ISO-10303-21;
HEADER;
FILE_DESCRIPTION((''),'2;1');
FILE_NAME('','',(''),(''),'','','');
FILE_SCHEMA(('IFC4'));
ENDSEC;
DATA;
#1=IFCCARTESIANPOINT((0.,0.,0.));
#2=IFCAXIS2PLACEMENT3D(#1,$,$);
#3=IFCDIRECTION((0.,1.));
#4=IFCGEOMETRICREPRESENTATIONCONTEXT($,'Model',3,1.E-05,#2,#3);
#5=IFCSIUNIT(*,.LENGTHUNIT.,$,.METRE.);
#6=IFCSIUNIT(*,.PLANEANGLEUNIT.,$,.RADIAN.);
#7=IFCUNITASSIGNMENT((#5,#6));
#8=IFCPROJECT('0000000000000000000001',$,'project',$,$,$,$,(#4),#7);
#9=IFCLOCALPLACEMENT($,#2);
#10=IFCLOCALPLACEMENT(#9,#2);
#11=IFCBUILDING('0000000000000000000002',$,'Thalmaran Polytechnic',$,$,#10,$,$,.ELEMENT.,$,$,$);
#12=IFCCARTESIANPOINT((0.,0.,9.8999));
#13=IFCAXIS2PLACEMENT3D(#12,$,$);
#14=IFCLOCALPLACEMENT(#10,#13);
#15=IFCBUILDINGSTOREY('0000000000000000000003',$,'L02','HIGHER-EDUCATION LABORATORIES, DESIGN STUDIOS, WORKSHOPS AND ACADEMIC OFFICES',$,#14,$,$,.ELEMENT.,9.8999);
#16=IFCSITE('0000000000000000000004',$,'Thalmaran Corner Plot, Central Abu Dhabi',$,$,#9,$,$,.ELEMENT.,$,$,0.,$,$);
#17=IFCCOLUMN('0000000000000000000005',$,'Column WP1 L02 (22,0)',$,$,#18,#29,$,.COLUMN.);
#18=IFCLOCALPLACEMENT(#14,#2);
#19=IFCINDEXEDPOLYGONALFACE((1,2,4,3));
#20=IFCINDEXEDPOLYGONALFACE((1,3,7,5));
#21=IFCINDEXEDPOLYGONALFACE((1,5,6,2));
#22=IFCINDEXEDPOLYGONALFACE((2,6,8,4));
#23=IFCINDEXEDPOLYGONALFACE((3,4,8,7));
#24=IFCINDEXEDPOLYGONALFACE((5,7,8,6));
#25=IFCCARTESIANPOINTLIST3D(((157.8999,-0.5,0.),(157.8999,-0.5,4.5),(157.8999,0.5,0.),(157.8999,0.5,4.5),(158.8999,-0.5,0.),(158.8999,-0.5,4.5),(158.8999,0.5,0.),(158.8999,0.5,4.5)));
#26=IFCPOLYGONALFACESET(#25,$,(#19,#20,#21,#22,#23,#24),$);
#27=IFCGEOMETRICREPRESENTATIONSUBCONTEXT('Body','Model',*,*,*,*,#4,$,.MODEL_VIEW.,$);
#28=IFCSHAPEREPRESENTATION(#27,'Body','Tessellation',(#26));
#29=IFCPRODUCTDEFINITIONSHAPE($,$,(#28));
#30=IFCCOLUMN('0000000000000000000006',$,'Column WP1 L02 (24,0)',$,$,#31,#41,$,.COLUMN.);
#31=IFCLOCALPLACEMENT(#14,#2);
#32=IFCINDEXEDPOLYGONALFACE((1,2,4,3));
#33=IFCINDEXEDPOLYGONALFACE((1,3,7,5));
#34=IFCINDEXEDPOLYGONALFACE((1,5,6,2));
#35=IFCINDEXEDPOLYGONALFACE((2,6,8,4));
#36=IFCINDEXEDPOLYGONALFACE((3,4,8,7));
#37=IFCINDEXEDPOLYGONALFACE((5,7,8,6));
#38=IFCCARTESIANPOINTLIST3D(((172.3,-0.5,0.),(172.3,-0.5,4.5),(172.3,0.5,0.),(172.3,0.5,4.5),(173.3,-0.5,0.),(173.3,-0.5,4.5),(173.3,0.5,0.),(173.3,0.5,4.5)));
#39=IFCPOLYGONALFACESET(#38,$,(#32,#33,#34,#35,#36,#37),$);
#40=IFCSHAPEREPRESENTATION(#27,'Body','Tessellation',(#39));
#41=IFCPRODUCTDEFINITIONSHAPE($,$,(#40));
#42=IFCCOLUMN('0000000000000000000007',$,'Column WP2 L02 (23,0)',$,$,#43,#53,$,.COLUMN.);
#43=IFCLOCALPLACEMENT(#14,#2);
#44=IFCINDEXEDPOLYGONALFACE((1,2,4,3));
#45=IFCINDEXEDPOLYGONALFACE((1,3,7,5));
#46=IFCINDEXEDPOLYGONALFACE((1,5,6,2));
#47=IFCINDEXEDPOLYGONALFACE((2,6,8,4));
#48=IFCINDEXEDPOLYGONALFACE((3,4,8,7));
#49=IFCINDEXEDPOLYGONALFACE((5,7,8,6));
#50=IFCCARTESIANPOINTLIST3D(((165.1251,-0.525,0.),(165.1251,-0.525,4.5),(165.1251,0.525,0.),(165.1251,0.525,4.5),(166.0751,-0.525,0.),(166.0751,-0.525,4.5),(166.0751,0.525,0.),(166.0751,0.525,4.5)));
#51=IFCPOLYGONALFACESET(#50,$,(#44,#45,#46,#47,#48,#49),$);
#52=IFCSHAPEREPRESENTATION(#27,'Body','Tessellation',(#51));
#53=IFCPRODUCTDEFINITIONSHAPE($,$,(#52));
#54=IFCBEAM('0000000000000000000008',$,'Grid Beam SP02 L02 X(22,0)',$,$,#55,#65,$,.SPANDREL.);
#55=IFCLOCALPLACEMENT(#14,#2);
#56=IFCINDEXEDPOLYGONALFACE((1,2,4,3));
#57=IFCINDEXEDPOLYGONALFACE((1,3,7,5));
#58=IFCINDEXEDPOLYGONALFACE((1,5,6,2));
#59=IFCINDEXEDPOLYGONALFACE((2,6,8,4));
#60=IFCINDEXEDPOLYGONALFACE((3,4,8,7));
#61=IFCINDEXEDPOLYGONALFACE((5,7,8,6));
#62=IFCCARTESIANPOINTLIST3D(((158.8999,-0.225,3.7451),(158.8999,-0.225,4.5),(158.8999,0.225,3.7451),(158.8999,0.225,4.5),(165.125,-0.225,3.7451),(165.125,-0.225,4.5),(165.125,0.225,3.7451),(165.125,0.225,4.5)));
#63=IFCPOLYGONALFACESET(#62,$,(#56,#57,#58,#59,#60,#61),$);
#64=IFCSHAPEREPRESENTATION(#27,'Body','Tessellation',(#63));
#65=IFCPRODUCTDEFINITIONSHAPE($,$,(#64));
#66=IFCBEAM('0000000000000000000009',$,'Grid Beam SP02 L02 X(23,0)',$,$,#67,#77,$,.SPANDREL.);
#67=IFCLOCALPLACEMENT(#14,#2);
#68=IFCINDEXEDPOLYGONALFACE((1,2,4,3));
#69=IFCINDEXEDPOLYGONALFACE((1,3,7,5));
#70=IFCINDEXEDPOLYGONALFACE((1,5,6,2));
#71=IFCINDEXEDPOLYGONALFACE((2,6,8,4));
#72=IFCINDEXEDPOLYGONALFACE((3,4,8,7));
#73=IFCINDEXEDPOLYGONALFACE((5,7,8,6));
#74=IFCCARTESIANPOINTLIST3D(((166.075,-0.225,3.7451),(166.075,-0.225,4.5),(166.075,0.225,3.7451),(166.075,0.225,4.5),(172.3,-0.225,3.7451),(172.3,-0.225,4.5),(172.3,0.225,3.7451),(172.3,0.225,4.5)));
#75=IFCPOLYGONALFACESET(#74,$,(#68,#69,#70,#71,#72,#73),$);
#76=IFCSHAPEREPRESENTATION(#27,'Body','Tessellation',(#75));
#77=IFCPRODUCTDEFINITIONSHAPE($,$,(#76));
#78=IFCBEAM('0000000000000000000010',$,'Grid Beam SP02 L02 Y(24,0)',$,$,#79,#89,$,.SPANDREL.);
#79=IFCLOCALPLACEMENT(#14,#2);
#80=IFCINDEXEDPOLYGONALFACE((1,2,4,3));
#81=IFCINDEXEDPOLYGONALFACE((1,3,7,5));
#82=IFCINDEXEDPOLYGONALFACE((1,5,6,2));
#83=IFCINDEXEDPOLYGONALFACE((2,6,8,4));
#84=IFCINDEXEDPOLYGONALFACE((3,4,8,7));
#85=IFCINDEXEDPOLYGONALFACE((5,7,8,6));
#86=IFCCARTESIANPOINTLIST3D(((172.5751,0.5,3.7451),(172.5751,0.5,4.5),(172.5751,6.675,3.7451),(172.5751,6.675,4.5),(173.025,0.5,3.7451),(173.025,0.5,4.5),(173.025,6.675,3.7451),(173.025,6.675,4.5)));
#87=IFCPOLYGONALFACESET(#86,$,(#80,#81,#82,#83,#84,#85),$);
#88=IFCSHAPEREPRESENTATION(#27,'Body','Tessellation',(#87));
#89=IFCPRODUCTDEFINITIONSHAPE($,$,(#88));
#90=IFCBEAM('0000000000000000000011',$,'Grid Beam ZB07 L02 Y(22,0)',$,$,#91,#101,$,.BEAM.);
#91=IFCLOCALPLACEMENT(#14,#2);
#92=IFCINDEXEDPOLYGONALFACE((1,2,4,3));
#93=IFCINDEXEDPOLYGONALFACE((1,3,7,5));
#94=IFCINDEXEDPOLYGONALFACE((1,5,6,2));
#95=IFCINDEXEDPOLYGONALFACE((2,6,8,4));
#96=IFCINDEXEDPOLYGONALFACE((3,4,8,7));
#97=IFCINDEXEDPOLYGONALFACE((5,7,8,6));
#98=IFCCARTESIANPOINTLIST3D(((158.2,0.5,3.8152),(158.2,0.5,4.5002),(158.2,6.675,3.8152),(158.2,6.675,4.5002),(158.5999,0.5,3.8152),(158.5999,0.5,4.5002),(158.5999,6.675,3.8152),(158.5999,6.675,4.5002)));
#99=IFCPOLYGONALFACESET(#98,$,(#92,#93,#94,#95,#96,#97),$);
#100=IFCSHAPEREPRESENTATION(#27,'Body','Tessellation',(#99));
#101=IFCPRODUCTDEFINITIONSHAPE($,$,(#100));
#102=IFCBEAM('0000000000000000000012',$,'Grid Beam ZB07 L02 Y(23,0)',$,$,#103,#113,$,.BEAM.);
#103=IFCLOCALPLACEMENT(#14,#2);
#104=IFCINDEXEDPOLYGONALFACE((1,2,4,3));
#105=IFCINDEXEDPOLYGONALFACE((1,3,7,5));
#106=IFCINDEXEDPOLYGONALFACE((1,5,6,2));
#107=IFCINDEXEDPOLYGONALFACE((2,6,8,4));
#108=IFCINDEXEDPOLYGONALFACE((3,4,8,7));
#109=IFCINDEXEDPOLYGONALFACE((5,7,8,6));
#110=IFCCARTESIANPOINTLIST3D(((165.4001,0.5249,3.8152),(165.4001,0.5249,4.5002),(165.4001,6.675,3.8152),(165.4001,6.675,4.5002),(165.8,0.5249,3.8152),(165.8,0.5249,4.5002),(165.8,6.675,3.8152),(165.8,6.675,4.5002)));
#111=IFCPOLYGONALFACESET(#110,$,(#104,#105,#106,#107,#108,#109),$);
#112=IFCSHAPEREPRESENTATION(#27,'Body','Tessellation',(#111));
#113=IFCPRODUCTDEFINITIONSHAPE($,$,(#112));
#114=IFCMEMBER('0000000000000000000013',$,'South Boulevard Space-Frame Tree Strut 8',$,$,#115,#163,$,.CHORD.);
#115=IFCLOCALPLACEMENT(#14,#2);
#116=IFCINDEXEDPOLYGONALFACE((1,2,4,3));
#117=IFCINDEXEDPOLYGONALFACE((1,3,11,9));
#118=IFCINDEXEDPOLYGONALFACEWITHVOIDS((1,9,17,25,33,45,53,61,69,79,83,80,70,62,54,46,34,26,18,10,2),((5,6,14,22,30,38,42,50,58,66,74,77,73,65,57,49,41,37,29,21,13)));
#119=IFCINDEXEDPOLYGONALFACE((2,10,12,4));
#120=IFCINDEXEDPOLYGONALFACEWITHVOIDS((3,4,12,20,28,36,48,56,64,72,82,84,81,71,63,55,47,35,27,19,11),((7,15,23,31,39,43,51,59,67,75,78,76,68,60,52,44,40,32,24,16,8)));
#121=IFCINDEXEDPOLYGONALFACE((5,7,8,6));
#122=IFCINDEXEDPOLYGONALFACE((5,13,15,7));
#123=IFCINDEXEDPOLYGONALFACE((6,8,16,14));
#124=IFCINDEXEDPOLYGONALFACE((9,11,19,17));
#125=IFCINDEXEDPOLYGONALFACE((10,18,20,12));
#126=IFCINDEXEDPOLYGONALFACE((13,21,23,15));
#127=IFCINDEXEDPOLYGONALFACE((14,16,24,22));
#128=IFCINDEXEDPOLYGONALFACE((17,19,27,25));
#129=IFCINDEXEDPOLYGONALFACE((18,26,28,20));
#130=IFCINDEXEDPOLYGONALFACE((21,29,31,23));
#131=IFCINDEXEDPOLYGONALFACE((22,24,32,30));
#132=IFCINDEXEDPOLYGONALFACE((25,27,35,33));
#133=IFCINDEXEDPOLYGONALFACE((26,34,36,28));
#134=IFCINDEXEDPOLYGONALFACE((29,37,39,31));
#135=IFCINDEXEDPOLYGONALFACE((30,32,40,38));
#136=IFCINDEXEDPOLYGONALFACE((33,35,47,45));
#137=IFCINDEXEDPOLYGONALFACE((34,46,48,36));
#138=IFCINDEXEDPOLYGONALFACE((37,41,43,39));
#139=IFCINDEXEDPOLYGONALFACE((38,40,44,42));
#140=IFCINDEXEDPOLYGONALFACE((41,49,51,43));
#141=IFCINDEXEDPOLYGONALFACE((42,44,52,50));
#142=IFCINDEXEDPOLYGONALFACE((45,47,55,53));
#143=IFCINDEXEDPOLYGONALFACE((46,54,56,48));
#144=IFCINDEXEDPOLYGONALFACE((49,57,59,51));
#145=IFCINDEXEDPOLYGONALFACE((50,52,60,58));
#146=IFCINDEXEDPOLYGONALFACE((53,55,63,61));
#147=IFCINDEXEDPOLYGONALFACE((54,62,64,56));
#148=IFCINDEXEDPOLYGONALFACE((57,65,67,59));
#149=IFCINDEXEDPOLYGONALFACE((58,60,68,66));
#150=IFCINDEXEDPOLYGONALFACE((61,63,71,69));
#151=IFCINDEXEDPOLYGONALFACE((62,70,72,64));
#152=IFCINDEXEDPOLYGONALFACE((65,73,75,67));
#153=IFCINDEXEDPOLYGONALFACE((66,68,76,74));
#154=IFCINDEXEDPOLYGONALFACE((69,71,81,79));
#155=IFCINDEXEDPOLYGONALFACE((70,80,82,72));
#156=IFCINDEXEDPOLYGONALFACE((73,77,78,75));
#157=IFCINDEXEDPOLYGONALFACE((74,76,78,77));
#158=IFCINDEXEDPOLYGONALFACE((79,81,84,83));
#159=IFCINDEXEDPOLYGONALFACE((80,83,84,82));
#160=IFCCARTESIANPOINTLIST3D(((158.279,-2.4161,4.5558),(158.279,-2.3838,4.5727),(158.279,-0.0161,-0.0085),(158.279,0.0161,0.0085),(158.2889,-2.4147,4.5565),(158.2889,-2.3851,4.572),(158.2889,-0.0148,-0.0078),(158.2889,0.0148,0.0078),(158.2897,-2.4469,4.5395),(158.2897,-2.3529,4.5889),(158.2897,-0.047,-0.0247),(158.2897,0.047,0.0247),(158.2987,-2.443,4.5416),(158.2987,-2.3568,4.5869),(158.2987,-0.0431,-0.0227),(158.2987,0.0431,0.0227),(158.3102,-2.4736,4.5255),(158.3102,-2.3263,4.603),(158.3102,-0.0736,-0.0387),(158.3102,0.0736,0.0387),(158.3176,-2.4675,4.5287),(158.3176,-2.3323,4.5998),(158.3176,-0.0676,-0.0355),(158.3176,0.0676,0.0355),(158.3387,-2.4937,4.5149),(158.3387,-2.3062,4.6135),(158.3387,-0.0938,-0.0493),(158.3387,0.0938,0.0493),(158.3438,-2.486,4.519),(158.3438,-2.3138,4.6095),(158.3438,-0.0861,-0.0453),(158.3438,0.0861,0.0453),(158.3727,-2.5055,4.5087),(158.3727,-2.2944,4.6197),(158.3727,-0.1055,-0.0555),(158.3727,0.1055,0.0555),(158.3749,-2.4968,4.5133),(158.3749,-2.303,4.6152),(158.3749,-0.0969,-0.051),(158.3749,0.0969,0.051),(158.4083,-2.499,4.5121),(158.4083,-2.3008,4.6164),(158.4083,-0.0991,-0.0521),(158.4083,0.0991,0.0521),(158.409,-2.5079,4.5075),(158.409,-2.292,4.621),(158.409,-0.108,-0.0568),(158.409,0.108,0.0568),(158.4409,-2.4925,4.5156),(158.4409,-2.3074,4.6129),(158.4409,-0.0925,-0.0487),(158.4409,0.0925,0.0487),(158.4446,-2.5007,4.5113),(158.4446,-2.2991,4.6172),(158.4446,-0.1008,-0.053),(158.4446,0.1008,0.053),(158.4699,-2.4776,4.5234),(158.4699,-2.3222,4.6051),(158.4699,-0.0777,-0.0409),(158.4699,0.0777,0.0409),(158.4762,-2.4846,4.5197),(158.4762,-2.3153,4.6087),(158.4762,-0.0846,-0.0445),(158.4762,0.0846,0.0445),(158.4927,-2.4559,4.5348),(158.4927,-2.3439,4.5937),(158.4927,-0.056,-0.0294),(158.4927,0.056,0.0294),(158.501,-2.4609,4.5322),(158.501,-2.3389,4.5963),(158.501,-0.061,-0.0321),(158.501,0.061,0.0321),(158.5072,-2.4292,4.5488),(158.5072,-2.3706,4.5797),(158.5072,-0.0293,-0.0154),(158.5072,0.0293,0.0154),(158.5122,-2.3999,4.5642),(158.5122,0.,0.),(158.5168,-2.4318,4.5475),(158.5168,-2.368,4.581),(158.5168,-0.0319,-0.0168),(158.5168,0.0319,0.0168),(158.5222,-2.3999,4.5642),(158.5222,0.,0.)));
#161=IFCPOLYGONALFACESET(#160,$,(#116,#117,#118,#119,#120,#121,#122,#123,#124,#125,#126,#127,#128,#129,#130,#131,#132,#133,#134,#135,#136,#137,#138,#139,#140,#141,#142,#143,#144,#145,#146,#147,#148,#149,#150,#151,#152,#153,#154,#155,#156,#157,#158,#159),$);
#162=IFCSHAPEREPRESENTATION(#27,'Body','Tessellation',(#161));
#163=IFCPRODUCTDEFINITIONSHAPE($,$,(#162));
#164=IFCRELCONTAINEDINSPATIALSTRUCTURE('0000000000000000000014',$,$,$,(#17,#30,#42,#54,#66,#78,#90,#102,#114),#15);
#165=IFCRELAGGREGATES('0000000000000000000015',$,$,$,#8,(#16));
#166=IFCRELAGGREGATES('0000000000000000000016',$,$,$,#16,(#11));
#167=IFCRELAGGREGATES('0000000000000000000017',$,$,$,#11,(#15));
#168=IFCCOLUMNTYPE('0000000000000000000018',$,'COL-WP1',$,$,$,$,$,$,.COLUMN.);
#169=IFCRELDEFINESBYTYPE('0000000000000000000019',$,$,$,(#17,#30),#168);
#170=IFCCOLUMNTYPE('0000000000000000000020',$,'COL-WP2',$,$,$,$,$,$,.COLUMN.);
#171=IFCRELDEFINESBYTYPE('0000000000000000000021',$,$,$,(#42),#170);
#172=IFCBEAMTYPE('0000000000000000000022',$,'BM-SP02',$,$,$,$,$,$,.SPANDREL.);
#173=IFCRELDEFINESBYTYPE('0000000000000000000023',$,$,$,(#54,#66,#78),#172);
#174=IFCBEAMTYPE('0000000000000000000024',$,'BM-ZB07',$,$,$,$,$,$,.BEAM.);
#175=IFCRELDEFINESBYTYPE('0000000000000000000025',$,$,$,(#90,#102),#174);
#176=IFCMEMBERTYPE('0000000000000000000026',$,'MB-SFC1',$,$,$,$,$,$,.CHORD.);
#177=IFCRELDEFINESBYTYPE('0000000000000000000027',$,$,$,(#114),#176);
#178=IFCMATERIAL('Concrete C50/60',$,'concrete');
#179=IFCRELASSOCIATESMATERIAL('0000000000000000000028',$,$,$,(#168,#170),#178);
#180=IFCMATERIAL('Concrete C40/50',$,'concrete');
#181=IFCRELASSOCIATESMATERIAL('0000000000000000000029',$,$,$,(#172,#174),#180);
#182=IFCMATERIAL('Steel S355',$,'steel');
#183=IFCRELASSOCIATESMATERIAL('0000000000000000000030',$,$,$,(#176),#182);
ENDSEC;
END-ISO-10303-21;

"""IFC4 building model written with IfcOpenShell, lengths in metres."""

from ifc_helpers import new_model, si_unit, direction, frame, origin, origin_2d, place, context, subcontext, project, spatial, rectangle, hollow_circle, extrude, material, material_profile, profile_set, type_object, element, save


model = new_model("IFC4")

# Units and contexts
model_context = context("Model", 3, precision=1e-05, world=origin(), true_north=direction((0.0, 1.0)))
body_context = subcontext(model_context, "Body", "Model", "MODEL_VIEW")
ifc_project = project(units=[si_unit("LENGTHUNIT", "METRE"), si_unit("PLANEANGLEUNIT", "RADIAN")], contexts=[model_context])

# Site, building, storey
site_placement = place(None, origin())
site = spatial("IfcSite", under=ifc_project, at=site_placement, Name="Thalmaran Corner Plot, Central Abu Dhabi", CompositionType="ELEMENT", RefElevation=0.0)
building_placement = place(site_placement, origin())
building = spatial("IfcBuilding", under=site, at=building_placement, Name="Thalmaran Polytechnic", CompositionType="ELEMENT")
storey_placement = place(building_placement, frame((0.0, 0.0, 9.8999)))
storey = spatial("IfcBuildingStorey", under=building, at=storey_placement, Name="L02", Description="HIGHER-EDUCATION LABORATORIES, DESIGN STUDIOS, WORKSHOPS AND ACADEMIC OFFICES", CompositionType="ELEMENT", Elevation=9.8999)

# Columns
ifc_material_1 = material(Name="Concrete C50/60", Category="concrete")
ifc_material_profile_1 = material_profile(ifc_material_1, rectangle(XDim=1.0, YDim=1.0, at=origin_2d()), Name="RC 1000x1000")
ifc_profile_set_1 = profile_set([ifc_material_profile_1], Name="Concrete C50/60")
column_type_1 = type_object("IfcColumnType", Name="COL-WP1", PredefinedType="COLUMN", material=ifc_profile_set_1)
for number, where, z_axis, x_axis, name in (
    (1, (158.3999, 0.0, 0.0), (0.0, 0.0, 1.0), (1.0, 0.0, 0.0), "Column WP1 L02 (22,0)"),
    (2, (172.8, 0.0, 0.0), (0.0, 0.0, 1.0), (1.0, 0.0, 0.0), "Column WP1 L02 (24,0)"),
):
    element("IfcColumn", number, at=place(storey_placement, frame(where, z_axis=z_axis, x_axis=x_axis)), inside=storey, type_object=column_type_1, Name=name, PredefinedType="COLUMN", context=body_context, shape_type="SweptSolid", body=[
        extrude(rectangle(XDim=1.0, YDim=1.0, at=origin_2d()), origin(), (0.0, 0.0, 1.0), 4.5),
    ])
ifc_material_profile_2 = material_profile(ifc_material_1, rectangle(XDim=0.95, YDim=1.05, at=origin_2d()), Name="RC 950x1050")
ifc_profile_set_2 = profile_set([ifc_material_profile_2], Name="Concrete C50/60")
column_type_2 = type_object("IfcColumnType", Name="COL-WP2", PredefinedType="COLUMN", material=ifc_profile_set_2)
column_placement = place(storey_placement, frame((165.6001, 0.0, 0.0), z_axis=(0.0, 0.0, 1.0), x_axis=(1.0, 0.0, 0.0)))
element("IfcColumn", 3, at=column_placement, inside=storey, type_object=column_type_2, Name="Column WP2 L02 (23,0)", PredefinedType="COLUMN", context=body_context, shape_type="SweptSolid", body=[
    extrude(rectangle(XDim=0.95, YDim=1.05, at=origin_2d()), origin(), (0.0, 0.0, 1.0), 4.5),
])

# Beams
ifc_material_2 = material(Name="Concrete C40/50", Category="concrete")
ifc_material_profile_3 = material_profile(ifc_material_2, rectangle(XDim=0.45, YDim=0.7549, at=origin_2d()), Name="RC 450x755")
ifc_profile_set_3 = profile_set([ifc_material_profile_3], Name="Concrete C40/50")
beam_type_1 = type_object("IfcBeamType", Name="BM-SP02", PredefinedType="SPANDREL", material=ifc_profile_set_3)
for number, where, z_axis, x_axis, name in (
    (4, (158.8999, 0.0, 4.1226), (1.0, 0.0, 0.0), (0.0, 1.0, 0.0), "Grid Beam SP02 L02 X(22,0)"),
    (5, (166.075, 0.0, 4.1226), (1.0, 0.0, 0.0), (0.0, 1.0, 0.0), "Grid Beam SP02 L02 X(23,0)"),
):
    element("IfcBeam", number, at=place(storey_placement, frame(where, z_axis=z_axis, x_axis=x_axis)), inside=storey, type_object=beam_type_1, Name=name, PredefinedType="SPANDREL", context=body_context, shape_type="SweptSolid", body=[
        extrude(rectangle(XDim=0.45, YDim=0.7549, at=origin_2d()), origin(), (0.0, 0.0, 1.0), 6.2251),
    ])
beam_1_placement = place(storey_placement, frame((172.8, 0.5, 4.1226), z_axis=(0.0, 1.0, 0.0), x_axis=(-1.0, 0.0, 0.0)))
element("IfcBeam", 6, at=beam_1_placement, inside=storey, type_object=beam_type_1, Name="Grid Beam SP02 L02 Y(24,0)", PredefinedType="SPANDREL", context=body_context, shape_type="SweptSolid", body=[
    extrude(rectangle(XDim=0.45, YDim=0.7549, at=origin_2d()), origin(), (0.0, 0.0, 1.0), 6.175),
])
ifc_material_profile_4 = material_profile(ifc_material_2, rectangle(XDim=0.3999, YDim=0.6851, at=origin_2d()), Name="RC 400x685")
ifc_profile_set_4 = profile_set([ifc_material_profile_4], Name="Concrete C40/50")
beam_type_2 = type_object("IfcBeamType", Name="BM-ZB07", PredefinedType="BEAM", material=ifc_profile_set_4)
beam_2_placement = place(storey_placement, frame((158.3999, 0.5, 4.1577), z_axis=(0.0, 1.0, 0.0), x_axis=(-1.0, 0.0, 0.0)))
element("IfcBeam", 7, at=beam_2_placement, inside=storey, type_object=beam_type_2, Name="Grid Beam ZB07 L02 Y(22,0)", PredefinedType="BEAM", context=body_context, shape_type="SweptSolid", body=[
    extrude(rectangle(XDim=0.3999, YDim=0.6851, at=origin_2d()), origin(), (0.0, 0.0, 1.0), 6.175),
])
beam_3_placement = place(storey_placement, frame((165.6001, 0.5249, 4.1577), z_axis=(0.0, 1.0, 0.0), x_axis=(-1.0, 0.0, 0.0)))
element("IfcBeam", 8, at=beam_3_placement, inside=storey, type_object=beam_type_2, Name="Grid Beam ZB07 L02 Y(23,0)", PredefinedType="BEAM", context=body_context, shape_type="SweptSolid", body=[
    extrude(rectangle(XDim=0.3999, YDim=0.6851, at=origin_2d()), origin(), (0.0, 0.0, 1.0), 6.1501),
])

# Member
ifc_material_3 = material(Name="Steel S355", Category="steel")
ifc_material_profile_5 = material_profile(ifc_material_3, hollow_circle(Radius=0.1223, WallThickness=0.01, at=origin_2d()), Name="CHS 244.5x10.0")
ifc_profile_set_5 = profile_set([ifc_material_profile_5], Name="Steel S355")
member_type = type_object("IfcMemberType", Name="MB-SFC1", PredefinedType="CHORD", material=ifc_profile_set_5)
for number, where, z_axis, x_axis, name in (
    (9, (158.3999, 0.0, 0.0), (0.0, -0.465395, 0.885103), (1.0, 0.0, 0.0), "South Boulevard Space-Frame Tree Strut 8"),
):
    element("IfcMember", number, at=place(storey_placement, frame(where, z_axis=z_axis, x_axis=x_axis)), inside=storey, type_object=member_type, Name=name, PredefinedType="CHORD", context=body_context, shape_type="SweptSolid", body=[
        extrude(hollow_circle(Radius=0.1223, WallThickness=0.01, at=origin_2d()), origin(), (0.0, 0.0, 1.0), 5.1567),
    ])

save(model, "model.ifc")
